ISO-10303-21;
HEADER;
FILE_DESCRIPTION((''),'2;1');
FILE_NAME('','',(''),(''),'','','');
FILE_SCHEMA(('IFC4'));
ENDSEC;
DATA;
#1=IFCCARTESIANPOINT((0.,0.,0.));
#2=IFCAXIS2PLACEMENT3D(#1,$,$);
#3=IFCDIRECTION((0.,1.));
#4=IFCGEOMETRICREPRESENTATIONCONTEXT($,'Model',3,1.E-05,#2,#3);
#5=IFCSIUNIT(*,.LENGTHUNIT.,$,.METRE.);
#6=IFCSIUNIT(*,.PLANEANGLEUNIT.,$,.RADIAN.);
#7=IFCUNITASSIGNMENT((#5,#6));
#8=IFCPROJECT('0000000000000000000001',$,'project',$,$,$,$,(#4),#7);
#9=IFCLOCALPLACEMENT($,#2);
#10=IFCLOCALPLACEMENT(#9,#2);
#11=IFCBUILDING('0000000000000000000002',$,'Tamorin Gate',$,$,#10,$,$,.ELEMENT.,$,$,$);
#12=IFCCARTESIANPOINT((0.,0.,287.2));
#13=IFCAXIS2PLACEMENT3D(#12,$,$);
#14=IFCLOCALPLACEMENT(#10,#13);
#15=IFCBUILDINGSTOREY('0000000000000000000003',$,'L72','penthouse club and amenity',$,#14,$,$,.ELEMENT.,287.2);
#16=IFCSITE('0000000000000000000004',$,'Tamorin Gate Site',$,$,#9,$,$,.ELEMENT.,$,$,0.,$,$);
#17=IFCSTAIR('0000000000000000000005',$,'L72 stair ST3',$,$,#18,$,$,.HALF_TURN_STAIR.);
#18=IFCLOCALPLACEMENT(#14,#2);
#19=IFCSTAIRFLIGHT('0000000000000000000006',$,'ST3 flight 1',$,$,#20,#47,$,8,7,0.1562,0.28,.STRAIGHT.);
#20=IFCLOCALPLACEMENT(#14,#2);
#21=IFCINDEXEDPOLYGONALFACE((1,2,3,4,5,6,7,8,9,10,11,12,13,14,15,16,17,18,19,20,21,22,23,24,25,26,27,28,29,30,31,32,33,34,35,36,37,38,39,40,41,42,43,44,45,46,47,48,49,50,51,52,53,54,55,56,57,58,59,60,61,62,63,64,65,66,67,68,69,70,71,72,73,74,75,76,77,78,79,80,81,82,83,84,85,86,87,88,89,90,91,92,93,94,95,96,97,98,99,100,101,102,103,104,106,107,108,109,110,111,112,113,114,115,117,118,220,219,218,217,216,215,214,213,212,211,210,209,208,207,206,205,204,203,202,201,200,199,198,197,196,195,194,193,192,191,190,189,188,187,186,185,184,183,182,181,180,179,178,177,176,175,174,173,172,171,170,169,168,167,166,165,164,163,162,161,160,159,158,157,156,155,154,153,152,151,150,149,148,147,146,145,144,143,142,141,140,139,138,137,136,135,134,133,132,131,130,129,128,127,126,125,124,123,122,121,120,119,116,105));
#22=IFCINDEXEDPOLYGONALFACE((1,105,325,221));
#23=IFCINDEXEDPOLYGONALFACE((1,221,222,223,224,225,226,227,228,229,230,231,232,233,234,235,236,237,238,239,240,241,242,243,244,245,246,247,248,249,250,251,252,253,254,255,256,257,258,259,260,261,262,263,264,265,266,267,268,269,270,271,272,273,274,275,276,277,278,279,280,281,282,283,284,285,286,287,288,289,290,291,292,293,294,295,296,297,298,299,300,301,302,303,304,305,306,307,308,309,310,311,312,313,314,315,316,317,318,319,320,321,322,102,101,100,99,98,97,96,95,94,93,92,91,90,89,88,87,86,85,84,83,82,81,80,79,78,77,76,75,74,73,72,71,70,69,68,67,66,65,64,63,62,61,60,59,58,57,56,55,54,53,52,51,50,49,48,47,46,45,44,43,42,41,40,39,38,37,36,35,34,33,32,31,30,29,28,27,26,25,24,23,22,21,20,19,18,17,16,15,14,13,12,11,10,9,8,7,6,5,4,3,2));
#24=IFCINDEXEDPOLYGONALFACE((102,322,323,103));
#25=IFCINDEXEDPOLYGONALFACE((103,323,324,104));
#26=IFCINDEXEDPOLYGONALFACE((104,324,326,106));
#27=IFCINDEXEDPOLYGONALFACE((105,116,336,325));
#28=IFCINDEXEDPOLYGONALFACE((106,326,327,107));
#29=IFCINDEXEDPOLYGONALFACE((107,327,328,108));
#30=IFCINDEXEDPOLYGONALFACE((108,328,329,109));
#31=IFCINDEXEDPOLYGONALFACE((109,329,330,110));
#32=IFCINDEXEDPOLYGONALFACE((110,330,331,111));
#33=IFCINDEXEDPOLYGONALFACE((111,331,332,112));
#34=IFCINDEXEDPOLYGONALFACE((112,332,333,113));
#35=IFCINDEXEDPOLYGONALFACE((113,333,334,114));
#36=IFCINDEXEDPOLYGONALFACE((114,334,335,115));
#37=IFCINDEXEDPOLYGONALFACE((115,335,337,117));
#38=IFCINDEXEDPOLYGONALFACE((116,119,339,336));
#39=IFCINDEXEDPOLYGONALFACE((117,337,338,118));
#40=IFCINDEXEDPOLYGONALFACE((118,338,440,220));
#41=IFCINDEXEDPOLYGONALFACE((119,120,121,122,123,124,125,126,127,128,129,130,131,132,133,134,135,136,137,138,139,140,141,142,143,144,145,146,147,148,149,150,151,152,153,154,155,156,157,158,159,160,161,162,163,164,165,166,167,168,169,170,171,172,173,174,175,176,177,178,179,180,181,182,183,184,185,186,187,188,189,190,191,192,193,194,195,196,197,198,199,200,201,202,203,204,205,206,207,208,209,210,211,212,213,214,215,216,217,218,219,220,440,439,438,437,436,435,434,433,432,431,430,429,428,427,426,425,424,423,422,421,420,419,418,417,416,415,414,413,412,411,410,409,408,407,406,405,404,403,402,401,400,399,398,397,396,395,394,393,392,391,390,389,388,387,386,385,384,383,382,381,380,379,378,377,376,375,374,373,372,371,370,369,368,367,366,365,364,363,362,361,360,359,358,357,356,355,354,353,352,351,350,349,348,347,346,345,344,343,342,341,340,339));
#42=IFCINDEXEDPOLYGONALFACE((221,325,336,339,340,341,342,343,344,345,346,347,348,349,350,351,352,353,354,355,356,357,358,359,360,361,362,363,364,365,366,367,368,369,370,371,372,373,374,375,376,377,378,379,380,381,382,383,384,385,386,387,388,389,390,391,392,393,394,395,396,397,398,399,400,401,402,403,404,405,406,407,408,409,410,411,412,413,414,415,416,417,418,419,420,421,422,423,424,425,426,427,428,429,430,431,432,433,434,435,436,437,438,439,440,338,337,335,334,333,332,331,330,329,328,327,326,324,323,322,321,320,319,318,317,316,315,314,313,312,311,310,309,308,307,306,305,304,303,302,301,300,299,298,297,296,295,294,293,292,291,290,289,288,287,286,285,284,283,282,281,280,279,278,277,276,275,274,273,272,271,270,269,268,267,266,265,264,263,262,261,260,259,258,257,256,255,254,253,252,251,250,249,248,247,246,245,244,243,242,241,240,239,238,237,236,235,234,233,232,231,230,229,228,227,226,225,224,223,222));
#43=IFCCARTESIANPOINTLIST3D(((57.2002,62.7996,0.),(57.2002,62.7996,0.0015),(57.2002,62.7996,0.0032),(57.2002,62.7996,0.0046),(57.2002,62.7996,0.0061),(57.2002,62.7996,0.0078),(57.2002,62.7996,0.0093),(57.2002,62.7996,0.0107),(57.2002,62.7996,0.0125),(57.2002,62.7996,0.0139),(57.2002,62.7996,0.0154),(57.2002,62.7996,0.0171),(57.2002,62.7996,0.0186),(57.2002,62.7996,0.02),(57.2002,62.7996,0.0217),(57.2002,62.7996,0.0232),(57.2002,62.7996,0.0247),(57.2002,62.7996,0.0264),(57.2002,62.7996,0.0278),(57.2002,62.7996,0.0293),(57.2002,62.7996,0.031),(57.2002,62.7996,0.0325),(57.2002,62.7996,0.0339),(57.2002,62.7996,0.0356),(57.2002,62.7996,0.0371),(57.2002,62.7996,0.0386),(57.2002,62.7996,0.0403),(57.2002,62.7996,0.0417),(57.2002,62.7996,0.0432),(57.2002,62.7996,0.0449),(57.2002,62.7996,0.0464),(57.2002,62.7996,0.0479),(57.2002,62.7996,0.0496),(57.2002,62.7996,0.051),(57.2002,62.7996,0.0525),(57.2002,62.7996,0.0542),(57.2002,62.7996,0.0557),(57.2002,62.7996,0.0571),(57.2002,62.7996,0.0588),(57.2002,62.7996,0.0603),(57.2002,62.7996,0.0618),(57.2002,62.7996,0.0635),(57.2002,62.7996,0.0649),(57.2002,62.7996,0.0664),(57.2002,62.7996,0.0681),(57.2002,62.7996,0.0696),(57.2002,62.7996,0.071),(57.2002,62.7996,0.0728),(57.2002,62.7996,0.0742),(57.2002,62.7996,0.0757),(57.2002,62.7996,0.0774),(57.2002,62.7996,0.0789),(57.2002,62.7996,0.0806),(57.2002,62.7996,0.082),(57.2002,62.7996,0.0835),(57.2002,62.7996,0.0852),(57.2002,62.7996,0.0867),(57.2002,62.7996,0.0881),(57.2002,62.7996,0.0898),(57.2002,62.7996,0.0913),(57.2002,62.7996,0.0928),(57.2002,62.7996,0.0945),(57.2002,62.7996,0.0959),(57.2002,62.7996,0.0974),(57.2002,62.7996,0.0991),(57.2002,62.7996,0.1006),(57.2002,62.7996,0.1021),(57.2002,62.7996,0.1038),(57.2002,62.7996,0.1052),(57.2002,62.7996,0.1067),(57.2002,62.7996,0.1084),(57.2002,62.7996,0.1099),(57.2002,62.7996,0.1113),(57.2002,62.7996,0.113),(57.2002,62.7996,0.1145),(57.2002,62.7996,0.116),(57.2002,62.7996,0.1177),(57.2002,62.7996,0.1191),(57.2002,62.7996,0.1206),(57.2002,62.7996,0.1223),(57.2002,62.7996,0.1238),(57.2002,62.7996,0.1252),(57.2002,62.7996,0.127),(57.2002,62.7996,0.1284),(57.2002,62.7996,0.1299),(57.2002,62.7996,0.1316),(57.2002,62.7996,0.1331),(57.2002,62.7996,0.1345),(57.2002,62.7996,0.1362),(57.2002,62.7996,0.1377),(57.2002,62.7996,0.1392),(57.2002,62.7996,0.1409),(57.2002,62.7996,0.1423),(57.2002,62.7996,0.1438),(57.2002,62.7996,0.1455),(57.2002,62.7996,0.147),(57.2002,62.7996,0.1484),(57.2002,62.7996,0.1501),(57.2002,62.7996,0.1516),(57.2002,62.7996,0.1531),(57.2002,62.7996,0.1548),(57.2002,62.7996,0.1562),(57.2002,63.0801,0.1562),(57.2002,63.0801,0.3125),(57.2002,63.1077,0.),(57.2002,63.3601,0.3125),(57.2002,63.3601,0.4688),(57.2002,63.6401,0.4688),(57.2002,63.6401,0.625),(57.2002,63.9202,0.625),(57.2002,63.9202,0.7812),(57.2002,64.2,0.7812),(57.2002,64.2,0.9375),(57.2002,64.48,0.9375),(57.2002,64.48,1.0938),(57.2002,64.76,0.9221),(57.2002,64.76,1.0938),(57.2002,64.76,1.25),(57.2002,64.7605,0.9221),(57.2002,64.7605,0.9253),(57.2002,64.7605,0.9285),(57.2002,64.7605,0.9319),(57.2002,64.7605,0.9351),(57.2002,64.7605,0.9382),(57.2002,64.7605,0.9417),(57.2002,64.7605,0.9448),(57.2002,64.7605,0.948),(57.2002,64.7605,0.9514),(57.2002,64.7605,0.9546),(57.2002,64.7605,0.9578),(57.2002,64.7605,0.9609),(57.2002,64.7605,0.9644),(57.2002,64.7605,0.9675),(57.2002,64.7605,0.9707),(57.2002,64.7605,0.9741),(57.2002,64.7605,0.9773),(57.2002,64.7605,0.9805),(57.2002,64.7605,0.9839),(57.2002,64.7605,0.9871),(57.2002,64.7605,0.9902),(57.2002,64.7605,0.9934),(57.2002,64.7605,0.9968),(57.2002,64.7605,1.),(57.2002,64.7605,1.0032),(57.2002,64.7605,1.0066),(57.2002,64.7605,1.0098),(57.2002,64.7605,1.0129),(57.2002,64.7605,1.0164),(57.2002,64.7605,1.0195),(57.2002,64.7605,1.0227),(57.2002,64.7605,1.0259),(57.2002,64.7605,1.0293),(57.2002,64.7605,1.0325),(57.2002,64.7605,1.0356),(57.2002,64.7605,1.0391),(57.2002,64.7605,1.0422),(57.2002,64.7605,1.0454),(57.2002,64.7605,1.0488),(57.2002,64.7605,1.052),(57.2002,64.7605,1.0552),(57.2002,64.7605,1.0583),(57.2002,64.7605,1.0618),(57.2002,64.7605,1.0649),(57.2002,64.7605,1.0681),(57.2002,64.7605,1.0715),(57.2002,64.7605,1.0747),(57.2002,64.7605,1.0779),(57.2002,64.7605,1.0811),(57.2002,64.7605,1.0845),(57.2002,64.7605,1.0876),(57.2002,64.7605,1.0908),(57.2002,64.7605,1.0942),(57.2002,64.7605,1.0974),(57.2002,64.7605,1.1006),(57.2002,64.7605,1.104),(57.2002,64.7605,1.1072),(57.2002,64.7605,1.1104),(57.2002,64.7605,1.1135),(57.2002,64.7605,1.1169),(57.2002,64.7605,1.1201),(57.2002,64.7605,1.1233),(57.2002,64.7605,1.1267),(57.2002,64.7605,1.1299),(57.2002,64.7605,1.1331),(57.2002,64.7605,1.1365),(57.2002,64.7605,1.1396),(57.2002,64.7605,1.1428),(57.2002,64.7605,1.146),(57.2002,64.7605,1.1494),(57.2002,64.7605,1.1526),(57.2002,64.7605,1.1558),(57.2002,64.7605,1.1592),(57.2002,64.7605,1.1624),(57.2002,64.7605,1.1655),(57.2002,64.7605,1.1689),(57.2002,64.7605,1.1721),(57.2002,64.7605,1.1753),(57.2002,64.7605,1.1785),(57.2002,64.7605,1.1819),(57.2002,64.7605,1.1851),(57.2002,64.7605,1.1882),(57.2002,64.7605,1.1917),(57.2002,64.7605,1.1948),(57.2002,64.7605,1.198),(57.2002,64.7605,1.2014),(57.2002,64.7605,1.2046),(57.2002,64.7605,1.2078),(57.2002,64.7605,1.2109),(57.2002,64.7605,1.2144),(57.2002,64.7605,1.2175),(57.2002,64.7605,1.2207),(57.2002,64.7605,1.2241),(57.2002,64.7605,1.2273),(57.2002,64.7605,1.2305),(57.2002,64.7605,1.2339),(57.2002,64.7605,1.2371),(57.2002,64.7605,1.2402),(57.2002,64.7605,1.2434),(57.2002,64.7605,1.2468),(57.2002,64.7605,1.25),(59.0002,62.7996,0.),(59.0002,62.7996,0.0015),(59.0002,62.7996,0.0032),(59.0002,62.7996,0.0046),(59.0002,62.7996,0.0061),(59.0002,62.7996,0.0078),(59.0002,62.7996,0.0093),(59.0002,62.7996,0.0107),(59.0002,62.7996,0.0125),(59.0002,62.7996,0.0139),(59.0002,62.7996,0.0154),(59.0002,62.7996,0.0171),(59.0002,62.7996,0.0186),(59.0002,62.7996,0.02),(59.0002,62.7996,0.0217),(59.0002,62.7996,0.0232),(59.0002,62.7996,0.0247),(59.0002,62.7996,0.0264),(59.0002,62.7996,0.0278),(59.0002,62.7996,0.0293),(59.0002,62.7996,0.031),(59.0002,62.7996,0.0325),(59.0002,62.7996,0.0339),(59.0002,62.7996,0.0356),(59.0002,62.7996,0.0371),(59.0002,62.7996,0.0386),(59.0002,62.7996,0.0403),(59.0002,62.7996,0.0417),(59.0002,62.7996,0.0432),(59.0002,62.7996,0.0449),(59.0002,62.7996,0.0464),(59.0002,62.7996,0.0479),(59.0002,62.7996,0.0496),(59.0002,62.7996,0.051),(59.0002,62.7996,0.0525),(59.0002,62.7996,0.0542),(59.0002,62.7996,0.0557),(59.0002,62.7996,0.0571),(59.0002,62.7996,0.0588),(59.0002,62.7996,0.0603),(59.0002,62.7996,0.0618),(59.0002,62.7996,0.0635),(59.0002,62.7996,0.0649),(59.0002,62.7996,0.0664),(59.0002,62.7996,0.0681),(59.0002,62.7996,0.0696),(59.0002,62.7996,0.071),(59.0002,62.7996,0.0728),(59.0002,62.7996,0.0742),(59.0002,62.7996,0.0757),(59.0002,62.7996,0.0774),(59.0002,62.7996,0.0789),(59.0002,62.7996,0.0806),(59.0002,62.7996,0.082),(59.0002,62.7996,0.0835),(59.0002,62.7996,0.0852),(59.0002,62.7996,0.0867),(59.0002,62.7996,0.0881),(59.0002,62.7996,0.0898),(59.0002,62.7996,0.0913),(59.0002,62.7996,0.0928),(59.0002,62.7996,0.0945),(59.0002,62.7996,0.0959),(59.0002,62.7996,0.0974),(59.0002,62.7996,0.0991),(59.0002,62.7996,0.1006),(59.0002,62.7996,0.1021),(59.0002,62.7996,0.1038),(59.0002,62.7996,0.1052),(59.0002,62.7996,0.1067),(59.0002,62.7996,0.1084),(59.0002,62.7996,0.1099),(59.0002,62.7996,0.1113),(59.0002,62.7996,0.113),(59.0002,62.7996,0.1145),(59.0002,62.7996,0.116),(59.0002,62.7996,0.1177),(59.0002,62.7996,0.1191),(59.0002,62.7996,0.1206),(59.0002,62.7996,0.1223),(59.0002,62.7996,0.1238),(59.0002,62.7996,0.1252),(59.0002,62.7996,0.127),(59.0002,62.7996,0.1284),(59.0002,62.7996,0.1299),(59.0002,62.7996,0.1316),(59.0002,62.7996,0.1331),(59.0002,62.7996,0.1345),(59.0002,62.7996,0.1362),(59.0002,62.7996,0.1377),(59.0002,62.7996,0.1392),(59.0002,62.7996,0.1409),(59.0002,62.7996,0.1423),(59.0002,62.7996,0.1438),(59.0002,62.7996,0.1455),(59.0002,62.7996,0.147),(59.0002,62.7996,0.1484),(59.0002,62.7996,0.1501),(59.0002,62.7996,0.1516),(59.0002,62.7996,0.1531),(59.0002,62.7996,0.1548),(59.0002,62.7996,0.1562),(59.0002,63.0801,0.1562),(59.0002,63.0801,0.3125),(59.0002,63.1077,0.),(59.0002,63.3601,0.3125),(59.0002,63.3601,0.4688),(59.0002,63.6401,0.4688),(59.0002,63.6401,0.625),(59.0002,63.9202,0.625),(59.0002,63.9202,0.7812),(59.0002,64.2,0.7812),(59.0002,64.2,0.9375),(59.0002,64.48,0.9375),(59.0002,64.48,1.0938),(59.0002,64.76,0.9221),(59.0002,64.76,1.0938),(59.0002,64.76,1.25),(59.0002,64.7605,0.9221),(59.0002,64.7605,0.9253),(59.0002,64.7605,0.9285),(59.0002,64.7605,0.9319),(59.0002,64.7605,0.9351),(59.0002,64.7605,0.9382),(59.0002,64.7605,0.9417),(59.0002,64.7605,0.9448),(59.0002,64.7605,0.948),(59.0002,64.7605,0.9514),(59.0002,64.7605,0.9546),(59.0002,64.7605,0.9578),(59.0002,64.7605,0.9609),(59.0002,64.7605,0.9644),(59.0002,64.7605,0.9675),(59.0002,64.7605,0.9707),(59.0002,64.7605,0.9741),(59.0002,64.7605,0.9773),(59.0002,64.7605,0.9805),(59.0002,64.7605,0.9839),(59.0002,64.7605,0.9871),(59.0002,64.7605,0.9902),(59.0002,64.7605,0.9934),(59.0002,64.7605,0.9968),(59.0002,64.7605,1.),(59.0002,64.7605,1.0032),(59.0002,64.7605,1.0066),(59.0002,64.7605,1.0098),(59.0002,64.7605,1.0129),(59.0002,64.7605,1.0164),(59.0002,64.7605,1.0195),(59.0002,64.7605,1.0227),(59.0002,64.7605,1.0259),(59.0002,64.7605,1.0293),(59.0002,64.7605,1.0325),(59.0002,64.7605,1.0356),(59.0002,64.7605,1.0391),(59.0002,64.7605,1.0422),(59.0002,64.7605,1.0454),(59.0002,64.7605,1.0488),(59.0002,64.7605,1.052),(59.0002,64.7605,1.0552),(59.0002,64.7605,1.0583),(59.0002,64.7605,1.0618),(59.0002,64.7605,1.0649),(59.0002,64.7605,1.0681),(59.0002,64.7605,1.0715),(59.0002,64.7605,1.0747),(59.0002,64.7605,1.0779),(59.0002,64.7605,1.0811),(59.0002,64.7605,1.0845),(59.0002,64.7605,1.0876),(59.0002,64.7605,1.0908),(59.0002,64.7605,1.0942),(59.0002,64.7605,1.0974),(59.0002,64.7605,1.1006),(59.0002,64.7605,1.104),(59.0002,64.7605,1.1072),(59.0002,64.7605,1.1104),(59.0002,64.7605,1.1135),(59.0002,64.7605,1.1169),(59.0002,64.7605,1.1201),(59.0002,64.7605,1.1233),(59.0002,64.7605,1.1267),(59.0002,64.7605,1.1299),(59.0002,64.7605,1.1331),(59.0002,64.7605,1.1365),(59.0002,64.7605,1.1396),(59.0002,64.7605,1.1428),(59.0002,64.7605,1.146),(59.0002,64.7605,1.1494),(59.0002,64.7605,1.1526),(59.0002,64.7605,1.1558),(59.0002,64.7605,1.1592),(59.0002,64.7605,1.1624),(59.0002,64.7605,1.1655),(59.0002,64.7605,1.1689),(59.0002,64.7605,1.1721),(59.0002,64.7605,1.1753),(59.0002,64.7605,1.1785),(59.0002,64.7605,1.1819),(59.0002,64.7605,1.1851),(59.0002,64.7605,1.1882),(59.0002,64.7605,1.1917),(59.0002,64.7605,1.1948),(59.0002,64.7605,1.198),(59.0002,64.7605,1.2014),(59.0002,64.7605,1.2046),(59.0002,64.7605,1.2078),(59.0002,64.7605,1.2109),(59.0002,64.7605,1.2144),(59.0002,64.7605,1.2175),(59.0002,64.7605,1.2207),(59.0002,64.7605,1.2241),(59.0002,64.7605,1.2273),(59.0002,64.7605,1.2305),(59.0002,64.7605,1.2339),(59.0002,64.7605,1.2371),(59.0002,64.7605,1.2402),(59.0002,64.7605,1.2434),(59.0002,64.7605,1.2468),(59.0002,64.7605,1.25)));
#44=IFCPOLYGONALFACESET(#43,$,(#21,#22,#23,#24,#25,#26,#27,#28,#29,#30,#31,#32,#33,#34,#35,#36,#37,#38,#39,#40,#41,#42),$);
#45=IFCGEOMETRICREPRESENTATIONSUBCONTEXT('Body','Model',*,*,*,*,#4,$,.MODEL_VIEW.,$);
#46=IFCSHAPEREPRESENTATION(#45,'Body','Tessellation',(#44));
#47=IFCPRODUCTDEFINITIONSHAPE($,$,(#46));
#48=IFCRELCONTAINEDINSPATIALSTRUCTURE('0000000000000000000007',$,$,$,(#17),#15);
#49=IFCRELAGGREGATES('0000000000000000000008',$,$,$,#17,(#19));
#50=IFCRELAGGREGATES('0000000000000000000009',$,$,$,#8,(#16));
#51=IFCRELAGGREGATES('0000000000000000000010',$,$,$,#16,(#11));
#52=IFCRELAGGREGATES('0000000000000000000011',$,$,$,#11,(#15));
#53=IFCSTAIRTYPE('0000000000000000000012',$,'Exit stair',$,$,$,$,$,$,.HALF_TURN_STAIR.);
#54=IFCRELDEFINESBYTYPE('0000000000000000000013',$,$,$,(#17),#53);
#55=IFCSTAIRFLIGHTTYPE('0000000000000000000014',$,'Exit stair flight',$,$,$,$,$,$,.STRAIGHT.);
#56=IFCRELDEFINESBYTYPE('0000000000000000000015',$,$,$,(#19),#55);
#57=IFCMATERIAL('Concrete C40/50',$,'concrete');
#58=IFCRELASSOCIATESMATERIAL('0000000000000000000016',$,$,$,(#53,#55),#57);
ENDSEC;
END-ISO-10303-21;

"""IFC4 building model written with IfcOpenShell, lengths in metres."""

from ifc_helpers import new_model, si_unit, direction, frame, origin, place, context, subcontext, project, spatial, polyline, outline, extrude, material, type_object, element, aggregate, save


model = new_model("IFC4")

# Units and contexts
model_context = context("Model", 3, precision=1e-05, world=origin(), true_north=direction((0.0, 1.0)))
body_context = subcontext(model_context, "Body", "Model", "MODEL_VIEW")
ifc_project = project(units=[si_unit("LENGTHUNIT", "METRE"), si_unit("PLANEANGLEUNIT", "RADIAN")], contexts=[model_context])

# Site, building, storey
site_placement = place(None, origin())
site = spatial("IfcSite", under=ifc_project, at=site_placement, Name="Tamorin Gate Site", CompositionType="ELEMENT", RefElevation=0.0)
building_placement = place(site_placement, origin())
building = spatial("IfcBuilding", under=site, at=building_placement, Name="Tamorin Gate", CompositionType="ELEMENT")
storey_placement = place(building_placement, frame((0.0, 0.0, 287.2)))
storey = spatial("IfcBuildingStorey", under=building, at=storey_placement, Name="L72", Description="penthouse club and amenity", CompositionType="ELEMENT", Elevation=287.2)

# Shared definitions
ifc_material_1 = material(Name="Concrete C40/50", Category="concrete")

# Stair, stair flight
stair_type = type_object("IfcStairType", Name="Exit stair", PredefinedType="HALF_TURN_STAIR", material=ifc_material_1)
stair_placement = place(storey_placement, origin())
stair = element("IfcStair", 1, at=stair_placement, inside=storey, type_object=stair_type, Name="L72 stair ST3", PredefinedType="HALF_TURN_STAIR")
stair_flight_type = type_object("IfcStairFlightType", Name="Exit stair flight", PredefinedType="STRAIGHT", material=ifc_material_1)
stair_flight_1_placement = place(storey_placement, frame((58.1001, 62.8, 0.0), z_axis=(0.0, 0.0, 1.0), x_axis=(0.0, 1.0, 0.0)))
stair_flight_1 = element("IfcStairFlight", 2, at=stair_flight_1_placement, type_object=stair_flight_type, Name="ST3 flight 1", NumberOfRisers=8, NumberOfTreads=7, PredefinedType="STRAIGHT", RiserHeight=0.1562, TreadLength=0.28, context=body_context, shape_type="SweptSolid", body=[
    extrude(outline(polyline([(-0.0005, 0.0), (-0.0005, 0.0015), (-0.0005, 0.0032), (-0.0005, 0.0046), (-0.0005, 0.0061), (-0.0005, 0.0078), (-0.0005, 0.0093), (-0.0005, 0.0107), (-0.0005, 0.0125), (-0.0005, 0.0139), (-0.0005, 0.0154), (-0.0005, 0.0171), (-0.0005, 0.0186), (-0.0005, 0.02), (-0.0005, 0.0217), (-0.0005, 0.0232), (-0.0005, 0.0247), (-0.0005, 0.0264), (-0.0005, 0.0278), (-0.0005, 0.0293), (-0.0005, 0.031), (-0.0005, 0.0325), (-0.0005, 0.0339), (-0.0005, 0.0356), (-0.0005, 0.0371), (-0.0005, 0.0386), (-0.0005, 0.0403), (-0.0005, 0.0417), (-0.0005, 0.0432), (-0.0005, 0.0449), (-0.0005, 0.0464), (-0.0005, 0.0479), (-0.0005, 0.0496), (-0.0005, 0.051), (-0.0005, 0.0525), (-0.0005, 0.0542), (-0.0005, 0.0557), (-0.0005, 0.0571), (-0.0005, 0.0588), (-0.0005, 0.0603), (-0.0005, 0.0618), (-0.0005, 0.0635), (-0.0005, 0.0649), (-0.0005, 0.0664), (-0.0005, 0.0681), (-0.0005, 0.0696), (-0.0005, 0.071), (-0.0005, 0.0728), (-0.0005, 0.0742), (-0.0005, 0.0757), (-0.0005, 0.0774), (-0.0005, 0.0789), (-0.0005, 0.0806), (-0.0005, 0.082), (-0.0005, 0.0835), (-0.0005, 0.0852), (-0.0005, 0.0867), (-0.0005, 0.0881), (-0.0005, 0.0898), (-0.0005, 0.0913), (-0.0005, 0.0928), (-0.0005, 0.0945), (-0.0005, 0.0959), (-0.0005, 0.0974), (-0.0005, 0.0991), (-0.0005, 0.1006), (-0.0005, 0.1021), (-0.0005, 0.1038), (-0.0005, 0.1052), (-0.0005, 0.1067), (-0.0005, 0.1084), (-0.0005, 0.1099), (-0.0005, 0.1113), (-0.0005, 0.113), (-0.0005, 0.1145), (-0.0005, 0.116), (-0.0005, 0.1177), (-0.0005, 0.1191), (-0.0005, 0.1206), (-0.0005, 0.1223), (-0.0005, 0.1238), (-0.0005, 0.1252), (-0.0005, 0.127), (-0.0005, 0.1284), (-0.0005, 0.1299), (-0.0005, 0.1316), (-0.0005, 0.1331), (-0.0005, 0.1345), (-0.0005, 0.1362), (-0.0005, 0.1377), (-0.0005, 0.1392), (-0.0005, 0.1409), (-0.0005, 0.1423), (-0.0005, 0.1438), (-0.0005, 0.1455), (-0.0005, 0.147), (-0.0005, 0.1484), (-0.0005, 0.1501), (-0.0005, 0.1516), (-0.0005, 0.1531), (-0.0005, 0.1548), (-0.0005, 0.1562), (0.28, 0.1562), (0.28, 0.3125), (0.5601, 0.3125), (0.5601, 0.4688), (0.8401, 0.4688), (0.8401, 0.625), (1.1201, 0.625), (1.1201, 0.7812), (1.3999, 0.7812), (1.3999, 0.9375), (1.6799, 0.9375), (1.6799, 1.0938), (1.96, 1.0938), (1.96, 1.25), (1.9604, 1.25), (1.9604, 1.2468), (1.9604, 1.2434), (1.9604, 1.2402), (1.9604, 1.2371), (1.9604, 1.2339), (1.9604, 1.2305), (1.9604, 1.2273), (1.9604, 1.2241), (1.9604, 1.2207), (1.9604, 1.2175), (1.9604, 1.2144), (1.9604, 1.2109), (1.9604, 1.2078), (1.9604, 1.2046), (1.9604, 1.2014), (1.9604, 1.198), (1.9604, 1.1948), (1.9604, 1.1917), (1.9604, 1.1882), (1.9604, 1.1851), (1.9604, 1.1819), (1.9604, 1.1785), (1.9604, 1.1753), (1.9604, 1.1721), (1.9604, 1.1689), (1.9604, 1.1655), (1.9604, 1.1624), (1.9604, 1.1592), (1.9604, 1.1558), (1.9604, 1.1526), (1.9604, 1.1494), (1.9604, 1.146), (1.9604, 1.1428), (1.9604, 1.1396), (1.9604, 1.1365), (1.9604, 1.1331), (1.9604, 1.1299), (1.9604, 1.1267), (1.9604, 1.1233), (1.9604, 1.1201), (1.9604, 1.1169), (1.9604, 1.1135), (1.9604, 1.1104), (1.9604, 1.1072), (1.9604, 1.104), (1.9604, 1.1006), (1.9604, 1.0974), (1.9604, 1.0942), (1.9604, 1.0908), (1.9604, 1.0876), (1.9604, 1.0845), (1.9604, 1.0811), (1.9604, 1.0779), (1.9604, 1.0747), (1.9604, 1.0715), (1.9604, 1.0681), (1.9604, 1.0649), (1.9604, 1.0618), (1.9604, 1.0583), (1.9604, 1.0552), (1.9604, 1.052), (1.9604, 1.0488), (1.9604, 1.0454), (1.9604, 1.0422), (1.9604, 1.0391), (1.9604, 1.0356), (1.9604, 1.0325), (1.9604, 1.0293), (1.9604, 1.0259), (1.9604, 1.0227), (1.9604, 1.0195), (1.9604, 1.0164), (1.9604, 1.0129), (1.9604, 1.0098), (1.9604, 1.0066), (1.9604, 1.0032), (1.9604, 1.0), (1.9604, 0.9968), (1.9604, 0.9934), (1.9604, 0.9902), (1.9604, 0.9871), (1.9604, 0.9839), (1.9604, 0.9805), (1.9604, 0.9773), (1.9604, 0.9741), (1.9604, 0.9707), (1.9604, 0.9675), (1.9604, 0.9644), (1.9604, 0.9609), (1.9604, 0.9578), (1.9604, 0.9546), (1.9604, 0.9514), (1.9604, 0.948), (1.9604, 0.9448), (1.9604, 0.9417), (1.9604, 0.9382), (1.9604, 0.9351), (1.9604, 0.9319), (1.9604, 0.9285), (1.9604, 0.9253), (1.9604, 0.9221), (1.96, 0.9221), (0.3076, 0.0), (-0.0005, 0.0)])), frame((0.0, 0.8999, 0.0), z_axis=(0.0, -1.0, 0.0), x_axis=(1.0, 0.0, 0.0)), (0.0, 0.0, 1.0), 1.8),
])
aggregate(stair, [stair_flight_1])

save(model, "model.ifc")
